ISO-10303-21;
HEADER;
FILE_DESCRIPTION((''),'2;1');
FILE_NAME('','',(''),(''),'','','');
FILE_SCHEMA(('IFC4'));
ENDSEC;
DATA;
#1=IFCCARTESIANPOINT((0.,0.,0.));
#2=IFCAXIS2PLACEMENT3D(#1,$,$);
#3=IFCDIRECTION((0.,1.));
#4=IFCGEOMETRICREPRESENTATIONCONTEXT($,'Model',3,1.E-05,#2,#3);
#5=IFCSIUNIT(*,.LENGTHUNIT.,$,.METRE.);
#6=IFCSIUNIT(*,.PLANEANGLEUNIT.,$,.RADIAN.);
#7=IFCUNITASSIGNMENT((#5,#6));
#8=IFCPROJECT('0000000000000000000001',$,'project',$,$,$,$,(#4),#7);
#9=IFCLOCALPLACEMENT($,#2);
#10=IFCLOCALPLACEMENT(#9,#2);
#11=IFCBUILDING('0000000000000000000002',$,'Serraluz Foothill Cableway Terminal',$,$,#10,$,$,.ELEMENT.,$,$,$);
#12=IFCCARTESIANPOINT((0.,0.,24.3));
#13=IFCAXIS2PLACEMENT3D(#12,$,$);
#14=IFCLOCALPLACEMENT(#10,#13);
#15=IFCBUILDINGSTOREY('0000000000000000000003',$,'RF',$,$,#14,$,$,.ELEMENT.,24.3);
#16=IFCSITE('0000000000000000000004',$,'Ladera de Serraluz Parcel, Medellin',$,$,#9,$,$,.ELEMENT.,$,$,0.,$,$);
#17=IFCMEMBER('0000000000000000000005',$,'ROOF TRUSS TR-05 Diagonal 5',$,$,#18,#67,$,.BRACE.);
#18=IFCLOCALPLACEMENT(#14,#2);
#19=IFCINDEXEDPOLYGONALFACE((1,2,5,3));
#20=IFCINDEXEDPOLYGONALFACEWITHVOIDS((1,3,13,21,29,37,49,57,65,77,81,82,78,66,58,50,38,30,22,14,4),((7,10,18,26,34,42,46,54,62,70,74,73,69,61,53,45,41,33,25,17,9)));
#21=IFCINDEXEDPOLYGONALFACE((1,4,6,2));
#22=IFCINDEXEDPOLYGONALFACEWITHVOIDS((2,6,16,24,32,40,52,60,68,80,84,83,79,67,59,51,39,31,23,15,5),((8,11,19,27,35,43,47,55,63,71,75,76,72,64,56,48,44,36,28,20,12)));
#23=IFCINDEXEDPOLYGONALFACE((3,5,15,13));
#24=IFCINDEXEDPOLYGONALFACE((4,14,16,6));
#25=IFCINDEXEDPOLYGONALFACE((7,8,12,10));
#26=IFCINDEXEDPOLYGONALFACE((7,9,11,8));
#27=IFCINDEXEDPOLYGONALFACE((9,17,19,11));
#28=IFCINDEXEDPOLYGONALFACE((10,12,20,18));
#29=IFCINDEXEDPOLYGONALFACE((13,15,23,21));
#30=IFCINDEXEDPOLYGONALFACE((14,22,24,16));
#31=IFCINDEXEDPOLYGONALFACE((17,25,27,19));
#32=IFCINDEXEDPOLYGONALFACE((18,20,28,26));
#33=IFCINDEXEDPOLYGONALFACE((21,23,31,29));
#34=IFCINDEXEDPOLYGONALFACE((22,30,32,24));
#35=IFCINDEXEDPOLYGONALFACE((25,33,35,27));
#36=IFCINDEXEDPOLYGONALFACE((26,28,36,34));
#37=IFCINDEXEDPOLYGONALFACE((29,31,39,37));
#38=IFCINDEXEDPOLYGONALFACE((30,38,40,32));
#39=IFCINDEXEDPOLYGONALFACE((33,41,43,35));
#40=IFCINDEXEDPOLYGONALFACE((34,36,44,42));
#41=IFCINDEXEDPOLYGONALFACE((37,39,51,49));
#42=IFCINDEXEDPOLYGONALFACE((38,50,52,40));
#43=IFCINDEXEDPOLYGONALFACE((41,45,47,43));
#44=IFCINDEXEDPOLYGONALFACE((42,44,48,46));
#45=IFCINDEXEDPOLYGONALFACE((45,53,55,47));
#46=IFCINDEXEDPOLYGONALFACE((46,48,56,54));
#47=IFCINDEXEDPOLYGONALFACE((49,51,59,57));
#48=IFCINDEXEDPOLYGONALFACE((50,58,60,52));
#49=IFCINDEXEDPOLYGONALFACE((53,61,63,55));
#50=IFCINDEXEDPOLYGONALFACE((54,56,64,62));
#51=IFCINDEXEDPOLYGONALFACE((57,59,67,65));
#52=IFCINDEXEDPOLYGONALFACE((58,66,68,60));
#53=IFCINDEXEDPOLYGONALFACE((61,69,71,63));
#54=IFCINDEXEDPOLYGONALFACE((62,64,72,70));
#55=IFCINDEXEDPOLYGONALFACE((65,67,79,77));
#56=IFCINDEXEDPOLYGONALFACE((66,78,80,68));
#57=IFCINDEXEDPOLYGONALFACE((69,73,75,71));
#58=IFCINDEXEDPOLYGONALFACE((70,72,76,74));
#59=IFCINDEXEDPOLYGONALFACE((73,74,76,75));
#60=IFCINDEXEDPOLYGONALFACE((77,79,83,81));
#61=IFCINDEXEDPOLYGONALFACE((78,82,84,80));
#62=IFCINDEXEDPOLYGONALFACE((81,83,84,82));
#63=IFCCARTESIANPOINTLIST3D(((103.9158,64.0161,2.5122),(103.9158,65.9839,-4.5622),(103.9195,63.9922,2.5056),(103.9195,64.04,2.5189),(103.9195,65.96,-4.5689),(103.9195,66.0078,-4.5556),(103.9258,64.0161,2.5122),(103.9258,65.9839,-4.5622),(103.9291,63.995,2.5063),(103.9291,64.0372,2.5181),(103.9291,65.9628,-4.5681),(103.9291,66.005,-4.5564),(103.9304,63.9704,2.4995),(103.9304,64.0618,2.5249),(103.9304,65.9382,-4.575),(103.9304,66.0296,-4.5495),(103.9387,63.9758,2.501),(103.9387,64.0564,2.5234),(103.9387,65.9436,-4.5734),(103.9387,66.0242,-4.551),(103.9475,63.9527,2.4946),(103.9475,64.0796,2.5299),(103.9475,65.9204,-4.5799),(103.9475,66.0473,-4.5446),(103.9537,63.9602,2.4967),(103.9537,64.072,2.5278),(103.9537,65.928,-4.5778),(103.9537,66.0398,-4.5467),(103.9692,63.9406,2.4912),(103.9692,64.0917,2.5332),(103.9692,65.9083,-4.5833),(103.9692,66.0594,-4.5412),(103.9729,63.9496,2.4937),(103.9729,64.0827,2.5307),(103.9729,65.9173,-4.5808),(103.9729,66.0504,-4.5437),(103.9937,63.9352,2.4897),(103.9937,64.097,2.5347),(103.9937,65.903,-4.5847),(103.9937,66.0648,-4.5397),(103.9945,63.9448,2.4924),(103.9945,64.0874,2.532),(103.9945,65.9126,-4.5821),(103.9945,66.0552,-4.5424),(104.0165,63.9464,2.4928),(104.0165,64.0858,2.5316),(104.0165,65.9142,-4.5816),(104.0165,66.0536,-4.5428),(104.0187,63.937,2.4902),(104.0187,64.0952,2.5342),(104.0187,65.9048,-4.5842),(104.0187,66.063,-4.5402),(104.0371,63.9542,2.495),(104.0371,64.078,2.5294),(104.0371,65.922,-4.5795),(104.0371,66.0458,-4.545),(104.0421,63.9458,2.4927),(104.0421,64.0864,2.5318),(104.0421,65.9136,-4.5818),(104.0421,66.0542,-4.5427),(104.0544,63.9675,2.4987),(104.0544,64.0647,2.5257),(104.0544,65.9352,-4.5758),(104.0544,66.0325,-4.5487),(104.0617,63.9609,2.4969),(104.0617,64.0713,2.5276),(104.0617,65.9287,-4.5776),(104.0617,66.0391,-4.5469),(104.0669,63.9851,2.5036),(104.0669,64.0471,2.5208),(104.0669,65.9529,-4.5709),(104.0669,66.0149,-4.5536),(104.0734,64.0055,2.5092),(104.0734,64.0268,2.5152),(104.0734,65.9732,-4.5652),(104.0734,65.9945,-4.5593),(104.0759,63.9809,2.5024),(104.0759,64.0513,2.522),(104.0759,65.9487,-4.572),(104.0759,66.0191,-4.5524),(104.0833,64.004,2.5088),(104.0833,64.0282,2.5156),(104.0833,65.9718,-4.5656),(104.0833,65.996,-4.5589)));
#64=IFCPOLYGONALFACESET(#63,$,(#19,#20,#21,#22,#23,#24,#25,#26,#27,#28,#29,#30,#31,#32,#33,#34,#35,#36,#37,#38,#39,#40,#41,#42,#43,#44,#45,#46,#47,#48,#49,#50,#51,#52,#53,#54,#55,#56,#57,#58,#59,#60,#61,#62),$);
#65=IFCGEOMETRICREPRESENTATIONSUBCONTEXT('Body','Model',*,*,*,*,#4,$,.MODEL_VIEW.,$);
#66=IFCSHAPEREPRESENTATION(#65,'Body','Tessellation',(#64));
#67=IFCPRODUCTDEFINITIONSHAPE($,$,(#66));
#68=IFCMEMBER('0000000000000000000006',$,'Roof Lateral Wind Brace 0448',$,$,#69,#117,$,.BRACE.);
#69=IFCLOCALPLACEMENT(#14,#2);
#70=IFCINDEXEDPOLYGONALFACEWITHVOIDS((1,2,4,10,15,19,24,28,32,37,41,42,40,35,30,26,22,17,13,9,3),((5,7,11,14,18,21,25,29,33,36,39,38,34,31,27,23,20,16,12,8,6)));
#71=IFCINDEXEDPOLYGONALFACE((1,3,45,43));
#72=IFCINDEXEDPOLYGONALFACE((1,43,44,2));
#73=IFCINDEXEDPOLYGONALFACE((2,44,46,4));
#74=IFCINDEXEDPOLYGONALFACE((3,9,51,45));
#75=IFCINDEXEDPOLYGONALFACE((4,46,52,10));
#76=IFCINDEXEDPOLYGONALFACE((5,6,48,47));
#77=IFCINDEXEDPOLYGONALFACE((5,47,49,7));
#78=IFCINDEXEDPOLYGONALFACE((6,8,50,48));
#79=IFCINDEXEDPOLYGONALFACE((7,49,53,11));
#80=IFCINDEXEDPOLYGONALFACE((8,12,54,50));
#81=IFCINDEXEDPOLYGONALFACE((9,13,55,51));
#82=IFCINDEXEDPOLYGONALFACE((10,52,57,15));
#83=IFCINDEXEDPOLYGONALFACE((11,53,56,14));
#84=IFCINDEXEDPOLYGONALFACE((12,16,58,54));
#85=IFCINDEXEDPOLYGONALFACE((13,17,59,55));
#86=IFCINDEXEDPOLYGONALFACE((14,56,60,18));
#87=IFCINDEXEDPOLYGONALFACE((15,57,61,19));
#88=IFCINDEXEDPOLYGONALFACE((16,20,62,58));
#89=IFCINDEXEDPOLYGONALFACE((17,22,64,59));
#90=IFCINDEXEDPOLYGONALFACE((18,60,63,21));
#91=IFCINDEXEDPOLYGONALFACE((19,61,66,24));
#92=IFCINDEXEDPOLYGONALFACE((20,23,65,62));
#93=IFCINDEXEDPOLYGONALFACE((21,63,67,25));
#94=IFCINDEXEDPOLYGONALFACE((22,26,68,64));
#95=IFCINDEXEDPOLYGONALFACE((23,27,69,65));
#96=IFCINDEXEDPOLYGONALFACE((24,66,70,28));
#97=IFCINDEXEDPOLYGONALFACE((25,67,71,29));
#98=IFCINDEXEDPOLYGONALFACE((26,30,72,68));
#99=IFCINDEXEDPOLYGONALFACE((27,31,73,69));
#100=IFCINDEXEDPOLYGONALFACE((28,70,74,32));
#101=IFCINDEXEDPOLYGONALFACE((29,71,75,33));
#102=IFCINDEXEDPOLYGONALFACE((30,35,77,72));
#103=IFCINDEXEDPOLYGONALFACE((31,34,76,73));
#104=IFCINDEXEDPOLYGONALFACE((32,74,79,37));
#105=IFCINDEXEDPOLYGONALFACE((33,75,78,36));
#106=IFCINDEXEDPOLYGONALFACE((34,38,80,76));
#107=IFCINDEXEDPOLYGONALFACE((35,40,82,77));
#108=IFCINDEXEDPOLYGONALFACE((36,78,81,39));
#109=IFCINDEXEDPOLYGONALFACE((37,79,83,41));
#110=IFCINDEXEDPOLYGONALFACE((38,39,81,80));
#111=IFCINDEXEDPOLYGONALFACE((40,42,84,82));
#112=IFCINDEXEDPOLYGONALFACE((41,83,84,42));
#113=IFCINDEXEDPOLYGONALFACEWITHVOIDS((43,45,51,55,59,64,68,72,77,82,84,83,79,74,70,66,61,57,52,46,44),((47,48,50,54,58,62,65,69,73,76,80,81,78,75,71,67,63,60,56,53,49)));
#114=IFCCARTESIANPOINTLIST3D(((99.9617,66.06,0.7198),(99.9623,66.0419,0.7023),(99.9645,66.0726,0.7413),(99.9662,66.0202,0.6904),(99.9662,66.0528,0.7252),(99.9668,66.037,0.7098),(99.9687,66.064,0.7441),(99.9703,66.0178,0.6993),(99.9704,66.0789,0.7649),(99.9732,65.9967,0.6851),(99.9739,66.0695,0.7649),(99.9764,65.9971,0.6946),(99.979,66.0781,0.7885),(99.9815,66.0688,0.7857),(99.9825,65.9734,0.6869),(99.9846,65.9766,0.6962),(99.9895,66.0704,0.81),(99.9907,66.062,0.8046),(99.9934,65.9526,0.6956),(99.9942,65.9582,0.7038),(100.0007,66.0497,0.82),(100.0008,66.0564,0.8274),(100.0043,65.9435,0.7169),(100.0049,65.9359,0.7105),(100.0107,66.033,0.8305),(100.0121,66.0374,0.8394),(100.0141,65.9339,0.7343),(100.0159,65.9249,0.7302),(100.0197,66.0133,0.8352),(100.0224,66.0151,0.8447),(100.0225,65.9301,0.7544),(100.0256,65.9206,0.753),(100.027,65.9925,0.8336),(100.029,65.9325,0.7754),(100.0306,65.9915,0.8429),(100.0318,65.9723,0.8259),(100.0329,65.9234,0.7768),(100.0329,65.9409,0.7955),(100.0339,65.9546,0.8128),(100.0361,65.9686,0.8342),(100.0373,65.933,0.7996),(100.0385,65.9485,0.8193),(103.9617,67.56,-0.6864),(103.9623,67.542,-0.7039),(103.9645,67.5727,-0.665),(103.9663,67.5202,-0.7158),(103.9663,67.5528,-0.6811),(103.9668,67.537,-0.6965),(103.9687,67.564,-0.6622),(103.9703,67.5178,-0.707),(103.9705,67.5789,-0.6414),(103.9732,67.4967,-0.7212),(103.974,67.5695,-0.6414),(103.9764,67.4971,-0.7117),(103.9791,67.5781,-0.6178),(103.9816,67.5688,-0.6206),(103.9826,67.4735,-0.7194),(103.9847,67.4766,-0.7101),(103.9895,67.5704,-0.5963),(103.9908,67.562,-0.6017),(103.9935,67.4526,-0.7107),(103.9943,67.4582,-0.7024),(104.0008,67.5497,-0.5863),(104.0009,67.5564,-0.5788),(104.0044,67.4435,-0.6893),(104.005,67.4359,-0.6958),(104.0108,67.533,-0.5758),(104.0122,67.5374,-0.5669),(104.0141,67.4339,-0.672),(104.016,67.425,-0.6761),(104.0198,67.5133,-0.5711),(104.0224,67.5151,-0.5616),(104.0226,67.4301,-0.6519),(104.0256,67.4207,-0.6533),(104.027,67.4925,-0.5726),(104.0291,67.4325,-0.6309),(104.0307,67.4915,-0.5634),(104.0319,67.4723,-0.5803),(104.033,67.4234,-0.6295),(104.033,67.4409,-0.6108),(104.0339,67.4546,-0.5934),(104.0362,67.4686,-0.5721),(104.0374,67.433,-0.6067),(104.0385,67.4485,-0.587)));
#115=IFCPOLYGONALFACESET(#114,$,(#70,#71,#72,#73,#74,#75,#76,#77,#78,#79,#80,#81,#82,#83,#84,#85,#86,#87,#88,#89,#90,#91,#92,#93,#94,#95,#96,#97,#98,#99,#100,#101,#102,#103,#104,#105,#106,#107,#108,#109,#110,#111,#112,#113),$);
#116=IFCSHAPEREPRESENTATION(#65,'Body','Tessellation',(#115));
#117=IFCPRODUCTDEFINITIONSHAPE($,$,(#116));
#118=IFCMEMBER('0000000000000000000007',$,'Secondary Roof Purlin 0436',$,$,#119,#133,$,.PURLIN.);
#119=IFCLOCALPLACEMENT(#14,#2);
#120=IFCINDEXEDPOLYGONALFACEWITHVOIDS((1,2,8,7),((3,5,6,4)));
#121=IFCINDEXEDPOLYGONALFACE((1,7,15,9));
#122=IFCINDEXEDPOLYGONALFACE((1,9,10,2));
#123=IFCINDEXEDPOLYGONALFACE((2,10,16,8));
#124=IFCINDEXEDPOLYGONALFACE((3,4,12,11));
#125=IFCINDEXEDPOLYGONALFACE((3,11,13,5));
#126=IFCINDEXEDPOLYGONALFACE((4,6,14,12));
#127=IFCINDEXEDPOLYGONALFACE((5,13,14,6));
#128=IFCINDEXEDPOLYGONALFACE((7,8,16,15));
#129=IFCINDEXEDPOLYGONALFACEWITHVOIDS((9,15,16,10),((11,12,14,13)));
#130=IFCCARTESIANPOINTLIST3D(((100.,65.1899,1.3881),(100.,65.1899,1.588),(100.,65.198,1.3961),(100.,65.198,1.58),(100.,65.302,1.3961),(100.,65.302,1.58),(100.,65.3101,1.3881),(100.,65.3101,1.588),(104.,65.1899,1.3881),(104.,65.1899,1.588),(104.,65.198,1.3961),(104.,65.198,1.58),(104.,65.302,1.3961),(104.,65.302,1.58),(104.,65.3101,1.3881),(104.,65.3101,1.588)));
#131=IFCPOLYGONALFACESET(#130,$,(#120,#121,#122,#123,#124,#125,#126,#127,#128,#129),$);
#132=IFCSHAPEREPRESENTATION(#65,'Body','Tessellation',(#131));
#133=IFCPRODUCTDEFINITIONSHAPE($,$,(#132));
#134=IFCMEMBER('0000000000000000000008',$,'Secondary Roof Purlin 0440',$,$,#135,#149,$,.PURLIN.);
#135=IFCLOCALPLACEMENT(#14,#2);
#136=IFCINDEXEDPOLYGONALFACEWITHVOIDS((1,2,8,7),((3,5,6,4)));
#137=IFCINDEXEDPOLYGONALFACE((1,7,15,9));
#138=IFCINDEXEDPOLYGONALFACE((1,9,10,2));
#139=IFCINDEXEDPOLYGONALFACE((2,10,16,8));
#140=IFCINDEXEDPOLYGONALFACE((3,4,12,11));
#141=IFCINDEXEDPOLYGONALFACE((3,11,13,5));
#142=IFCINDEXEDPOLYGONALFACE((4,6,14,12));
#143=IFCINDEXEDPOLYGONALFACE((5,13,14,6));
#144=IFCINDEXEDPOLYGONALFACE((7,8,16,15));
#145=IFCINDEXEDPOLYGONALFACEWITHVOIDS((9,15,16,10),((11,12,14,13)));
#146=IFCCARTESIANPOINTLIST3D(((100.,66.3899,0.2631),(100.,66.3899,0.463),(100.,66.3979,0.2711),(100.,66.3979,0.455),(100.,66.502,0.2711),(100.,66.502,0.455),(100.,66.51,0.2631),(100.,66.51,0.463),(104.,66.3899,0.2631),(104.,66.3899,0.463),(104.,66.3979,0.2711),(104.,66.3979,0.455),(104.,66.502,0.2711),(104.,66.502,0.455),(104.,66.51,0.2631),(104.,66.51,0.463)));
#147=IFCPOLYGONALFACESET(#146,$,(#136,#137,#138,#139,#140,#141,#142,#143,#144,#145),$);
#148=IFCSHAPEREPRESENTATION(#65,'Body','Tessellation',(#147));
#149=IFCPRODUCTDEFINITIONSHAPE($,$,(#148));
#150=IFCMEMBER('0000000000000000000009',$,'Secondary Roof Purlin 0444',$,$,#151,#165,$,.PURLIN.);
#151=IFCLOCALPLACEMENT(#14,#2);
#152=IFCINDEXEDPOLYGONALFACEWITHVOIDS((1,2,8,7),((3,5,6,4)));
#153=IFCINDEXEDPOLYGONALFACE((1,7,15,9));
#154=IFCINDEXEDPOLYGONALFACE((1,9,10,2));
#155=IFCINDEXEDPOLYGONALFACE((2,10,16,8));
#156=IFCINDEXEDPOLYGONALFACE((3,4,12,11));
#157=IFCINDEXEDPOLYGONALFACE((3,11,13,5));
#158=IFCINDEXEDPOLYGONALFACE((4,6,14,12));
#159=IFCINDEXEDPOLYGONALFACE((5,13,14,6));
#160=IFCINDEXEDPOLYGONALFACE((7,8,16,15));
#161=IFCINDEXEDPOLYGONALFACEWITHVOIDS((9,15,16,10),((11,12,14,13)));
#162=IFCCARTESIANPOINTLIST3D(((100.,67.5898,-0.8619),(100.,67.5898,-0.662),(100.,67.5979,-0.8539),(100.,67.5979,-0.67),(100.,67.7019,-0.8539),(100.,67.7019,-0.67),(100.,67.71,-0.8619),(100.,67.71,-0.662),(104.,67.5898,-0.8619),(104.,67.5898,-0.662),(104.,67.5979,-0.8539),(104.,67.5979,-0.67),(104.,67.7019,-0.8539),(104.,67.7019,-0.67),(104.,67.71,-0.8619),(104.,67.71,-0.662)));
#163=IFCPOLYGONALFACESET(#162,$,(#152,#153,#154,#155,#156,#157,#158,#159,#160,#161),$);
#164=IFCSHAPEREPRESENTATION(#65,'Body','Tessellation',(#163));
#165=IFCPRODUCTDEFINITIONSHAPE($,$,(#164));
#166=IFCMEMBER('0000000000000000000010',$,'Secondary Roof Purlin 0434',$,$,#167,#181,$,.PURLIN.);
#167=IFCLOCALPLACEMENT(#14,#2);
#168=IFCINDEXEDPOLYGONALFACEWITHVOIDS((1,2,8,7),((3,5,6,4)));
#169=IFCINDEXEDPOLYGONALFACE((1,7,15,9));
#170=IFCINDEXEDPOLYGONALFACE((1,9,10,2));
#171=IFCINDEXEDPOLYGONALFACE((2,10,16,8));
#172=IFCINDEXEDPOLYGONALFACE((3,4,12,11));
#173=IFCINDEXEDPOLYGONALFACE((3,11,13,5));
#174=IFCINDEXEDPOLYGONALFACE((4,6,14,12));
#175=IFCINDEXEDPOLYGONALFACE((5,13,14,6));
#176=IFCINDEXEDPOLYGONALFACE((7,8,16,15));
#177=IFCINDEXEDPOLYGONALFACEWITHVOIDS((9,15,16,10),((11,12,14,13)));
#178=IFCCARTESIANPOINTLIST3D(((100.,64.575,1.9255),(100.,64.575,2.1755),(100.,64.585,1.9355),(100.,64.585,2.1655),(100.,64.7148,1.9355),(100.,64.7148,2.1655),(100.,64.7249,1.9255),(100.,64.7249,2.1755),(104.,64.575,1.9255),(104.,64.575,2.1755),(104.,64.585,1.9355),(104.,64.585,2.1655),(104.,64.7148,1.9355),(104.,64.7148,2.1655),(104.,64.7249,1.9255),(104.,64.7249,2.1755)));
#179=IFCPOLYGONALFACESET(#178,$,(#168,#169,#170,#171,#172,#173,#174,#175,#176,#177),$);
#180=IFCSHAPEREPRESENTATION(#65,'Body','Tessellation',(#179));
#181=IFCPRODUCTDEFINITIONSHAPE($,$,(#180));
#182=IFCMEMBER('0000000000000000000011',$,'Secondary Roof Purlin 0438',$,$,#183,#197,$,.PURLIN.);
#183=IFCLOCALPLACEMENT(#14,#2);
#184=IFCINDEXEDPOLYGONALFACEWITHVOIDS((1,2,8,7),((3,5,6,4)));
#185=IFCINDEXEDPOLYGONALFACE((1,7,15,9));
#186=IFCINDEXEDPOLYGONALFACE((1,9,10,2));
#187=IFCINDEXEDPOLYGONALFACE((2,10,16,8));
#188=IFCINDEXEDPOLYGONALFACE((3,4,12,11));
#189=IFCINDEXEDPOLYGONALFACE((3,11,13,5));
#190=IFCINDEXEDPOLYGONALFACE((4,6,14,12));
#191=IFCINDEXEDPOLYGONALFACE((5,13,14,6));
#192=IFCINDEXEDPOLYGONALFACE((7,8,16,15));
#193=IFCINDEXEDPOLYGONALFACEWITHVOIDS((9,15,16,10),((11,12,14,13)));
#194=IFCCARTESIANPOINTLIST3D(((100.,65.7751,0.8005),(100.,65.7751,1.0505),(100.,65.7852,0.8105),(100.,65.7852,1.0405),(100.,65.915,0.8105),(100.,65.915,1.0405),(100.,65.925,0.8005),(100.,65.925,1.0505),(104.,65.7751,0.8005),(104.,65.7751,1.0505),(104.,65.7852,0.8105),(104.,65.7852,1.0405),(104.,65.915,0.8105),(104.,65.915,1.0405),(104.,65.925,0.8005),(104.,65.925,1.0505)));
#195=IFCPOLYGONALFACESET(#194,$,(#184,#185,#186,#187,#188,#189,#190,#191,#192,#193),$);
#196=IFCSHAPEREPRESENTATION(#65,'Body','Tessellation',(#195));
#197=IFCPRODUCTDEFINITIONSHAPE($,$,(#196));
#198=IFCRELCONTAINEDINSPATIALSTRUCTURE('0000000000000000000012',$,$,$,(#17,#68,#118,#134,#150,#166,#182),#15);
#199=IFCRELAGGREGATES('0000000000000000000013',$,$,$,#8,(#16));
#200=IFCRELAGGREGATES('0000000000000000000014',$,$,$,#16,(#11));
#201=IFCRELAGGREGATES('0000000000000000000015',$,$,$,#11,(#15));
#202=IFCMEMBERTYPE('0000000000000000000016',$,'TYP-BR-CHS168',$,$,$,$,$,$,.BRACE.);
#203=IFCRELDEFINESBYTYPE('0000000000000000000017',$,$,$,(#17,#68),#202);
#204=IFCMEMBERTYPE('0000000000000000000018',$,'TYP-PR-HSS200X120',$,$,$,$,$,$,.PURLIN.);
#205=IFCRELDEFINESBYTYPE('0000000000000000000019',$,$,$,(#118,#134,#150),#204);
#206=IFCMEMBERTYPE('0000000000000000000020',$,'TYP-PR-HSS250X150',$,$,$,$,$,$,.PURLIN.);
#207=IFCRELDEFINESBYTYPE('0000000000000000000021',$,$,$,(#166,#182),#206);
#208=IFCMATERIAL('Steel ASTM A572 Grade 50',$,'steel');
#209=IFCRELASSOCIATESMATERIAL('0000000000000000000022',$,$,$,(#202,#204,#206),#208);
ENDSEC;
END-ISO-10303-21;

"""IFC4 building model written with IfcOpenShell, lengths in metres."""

from ifc_helpers import new_model, si_unit, direction, frame, origin, origin_2d, place, context, subcontext, project, spatial, hollow_rectangle, hollow_circle, extrude, material, material_profile, profile_set, type_object, element, save


model = new_model("IFC4")

# Units and contexts
model_context = context("Model", 3, precision=1e-05, world=origin(), true_north=direction((0.0, 1.0)))
body_context = subcontext(model_context, "Body", "Model", "MODEL_VIEW")
ifc_project = project(units=[si_unit("LENGTHUNIT", "METRE"), si_unit("PLANEANGLEUNIT", "RADIAN")], contexts=[model_context])

# Site, building, storey
site_placement = place(None, origin())
site = spatial("IfcSite", under=ifc_project, at=site_placement, Name="Ladera de Serraluz Parcel, Medellin", CompositionType="ELEMENT", RefElevation=0.0)
building_placement = place(site_placement, origin())
building = spatial("IfcBuilding", under=site, at=building_placement, Name="Serraluz Foothill Cableway Terminal", CompositionType="ELEMENT")
storey_placement = place(building_placement, frame((0.0, 0.0, 24.3)))
storey = spatial("IfcBuildingStorey", under=building, at=storey_placement, Name="RF", CompositionType="ELEMENT", Elevation=24.3)

# Members
ifc_material_1 = material(Name="Steel ASTM A572 Grade 50", Category="steel")
ifc_material_profile_1 = material_profile(ifc_material_1, hollow_circle(Radius=0.0842, WallThickness=0.01, at=origin_2d()), Name="CHS168X10")
ifc_profile_set_1 = profile_set([ifc_material_profile_1], Name="Steel ASTM A572 Grade 50")
member_type_1 = type_object("IfcMemberType", Name="TYP-BR-CHS168", PredefinedType="BRACE", material=ifc_profile_set_1)
member_1_placement = place(storey_placement, frame((104.0, 64.0161, 2.5122), z_axis=(0.0, 0.267978, -0.963425), x_axis=(-1.0, 0.0, 0.0)))
element("IfcMember", 1, at=member_1_placement, inside=storey, type_object=member_type_1, Name="ROOF TRUSS TR-05 Diagonal 5", PredefinedType="BRACE", context=body_context, shape_type="SweptSolid", body=[
    extrude(hollow_circle(Radius=0.0842, WallThickness=0.01, at=origin_2d()), origin(), (0.0, 0.0, 1.0), 7.343),
])
member_2_placement = place(storey_placement, frame((100.0, 66.0, 0.7649), z_axis=(0.889382, 0.333518, -0.312673), x_axis=(-0.351123, 0.936329, 0.0)))
element("IfcMember", 2, at=member_2_placement, inside=storey, type_object=member_type_1, Name="Roof Lateral Wind Brace 0448", PredefinedType="BRACE", context=body_context, shape_type="SweptSolid", body=[
    extrude(hollow_circle(Radius=0.0842, WallThickness=0.01, at=origin_2d()), origin(), (0.0, 0.0, 1.0), 4.4976),
])
ifc_material_profile_2 = material_profile(ifc_material_1, hollow_rectangle(XDim=0.1201, YDim=0.2, WallThickness=0.0081, at=origin_2d()), Name="HSS200X120X8")
ifc_profile_set_2 = profile_set([ifc_material_profile_2], Name="Steel ASTM A572 Grade 50")
member_type_2 = type_object("IfcMemberType", Name="TYP-PR-HSS200X120", PredefinedType="PURLIN", material=ifc_profile_set_2)
for number, where, z_axis, x_axis, name in (
    (3, (100.0, 65.25, 1.488), (1.0, 0.0, 0.0), (0.0, 1.0, 0.0), "Secondary Roof Purlin 0436"),
    (4, (100.0, 66.45, 0.363), (1.0, 0.0, 0.0), (0.0, 1.0, 0.0), "Secondary Roof Purlin 0440"),
    (5, (100.0, 67.6499, -0.762), (1.0, 0.0, 0.0), (0.0, 1.0, 0.0), "Secondary Roof Purlin 0444"),
):
    element("IfcMember", number, at=place(storey_placement, frame(where, z_axis=z_axis, x_axis=x_axis)), inside=storey, type_object=member_type_2, Name=name, PredefinedType="PURLIN", context=body_context, shape_type="SweptSolid", body=[
        extrude(hollow_rectangle(XDim=0.1201, YDim=0.2, WallThickness=0.0081, at=origin_2d()), origin(), (0.0, 0.0, 1.0), 4.0),
    ])
ifc_material_profile_3 = material_profile(ifc_material_1, hollow_rectangle(XDim=0.1499, YDim=0.25, WallThickness=0.01, at=origin_2d()), Name="HSS250X150X10")
ifc_profile_set_3 = profile_set([ifc_material_profile_3], Name="Steel ASTM A572 Grade 50")
member_type_3 = type_object("IfcMemberType", Name="TYP-PR-HSS250X150", PredefinedType="PURLIN", material=ifc_profile_set_3)
for number, where, z_axis, x_axis, name in (
    (6, (100.0, 64.6499, 2.0505), (1.0, 0.0, 0.0), (0.0, 1.0, 0.0), "Secondary Roof Purlin 0434"),
    (7, (100.0, 65.8501, 0.9255), (1.0, 0.0, 0.0), (0.0, 1.0, 0.0), "Secondary Roof Purlin 0438"),
):
    element("IfcMember", number, at=place(storey_placement, frame(where, z_axis=z_axis, x_axis=x_axis)), inside=storey, type_object=member_type_3, Name=name, PredefinedType="PURLIN", context=body_context, shape_type="SweptSolid", body=[
        extrude(hollow_rectangle(XDim=0.1499, YDim=0.25, WallThickness=0.01, at=origin_2d()), origin(), (0.0, 0.0, 1.0), 4.0),
    ])

save(model, "model.ifc")
